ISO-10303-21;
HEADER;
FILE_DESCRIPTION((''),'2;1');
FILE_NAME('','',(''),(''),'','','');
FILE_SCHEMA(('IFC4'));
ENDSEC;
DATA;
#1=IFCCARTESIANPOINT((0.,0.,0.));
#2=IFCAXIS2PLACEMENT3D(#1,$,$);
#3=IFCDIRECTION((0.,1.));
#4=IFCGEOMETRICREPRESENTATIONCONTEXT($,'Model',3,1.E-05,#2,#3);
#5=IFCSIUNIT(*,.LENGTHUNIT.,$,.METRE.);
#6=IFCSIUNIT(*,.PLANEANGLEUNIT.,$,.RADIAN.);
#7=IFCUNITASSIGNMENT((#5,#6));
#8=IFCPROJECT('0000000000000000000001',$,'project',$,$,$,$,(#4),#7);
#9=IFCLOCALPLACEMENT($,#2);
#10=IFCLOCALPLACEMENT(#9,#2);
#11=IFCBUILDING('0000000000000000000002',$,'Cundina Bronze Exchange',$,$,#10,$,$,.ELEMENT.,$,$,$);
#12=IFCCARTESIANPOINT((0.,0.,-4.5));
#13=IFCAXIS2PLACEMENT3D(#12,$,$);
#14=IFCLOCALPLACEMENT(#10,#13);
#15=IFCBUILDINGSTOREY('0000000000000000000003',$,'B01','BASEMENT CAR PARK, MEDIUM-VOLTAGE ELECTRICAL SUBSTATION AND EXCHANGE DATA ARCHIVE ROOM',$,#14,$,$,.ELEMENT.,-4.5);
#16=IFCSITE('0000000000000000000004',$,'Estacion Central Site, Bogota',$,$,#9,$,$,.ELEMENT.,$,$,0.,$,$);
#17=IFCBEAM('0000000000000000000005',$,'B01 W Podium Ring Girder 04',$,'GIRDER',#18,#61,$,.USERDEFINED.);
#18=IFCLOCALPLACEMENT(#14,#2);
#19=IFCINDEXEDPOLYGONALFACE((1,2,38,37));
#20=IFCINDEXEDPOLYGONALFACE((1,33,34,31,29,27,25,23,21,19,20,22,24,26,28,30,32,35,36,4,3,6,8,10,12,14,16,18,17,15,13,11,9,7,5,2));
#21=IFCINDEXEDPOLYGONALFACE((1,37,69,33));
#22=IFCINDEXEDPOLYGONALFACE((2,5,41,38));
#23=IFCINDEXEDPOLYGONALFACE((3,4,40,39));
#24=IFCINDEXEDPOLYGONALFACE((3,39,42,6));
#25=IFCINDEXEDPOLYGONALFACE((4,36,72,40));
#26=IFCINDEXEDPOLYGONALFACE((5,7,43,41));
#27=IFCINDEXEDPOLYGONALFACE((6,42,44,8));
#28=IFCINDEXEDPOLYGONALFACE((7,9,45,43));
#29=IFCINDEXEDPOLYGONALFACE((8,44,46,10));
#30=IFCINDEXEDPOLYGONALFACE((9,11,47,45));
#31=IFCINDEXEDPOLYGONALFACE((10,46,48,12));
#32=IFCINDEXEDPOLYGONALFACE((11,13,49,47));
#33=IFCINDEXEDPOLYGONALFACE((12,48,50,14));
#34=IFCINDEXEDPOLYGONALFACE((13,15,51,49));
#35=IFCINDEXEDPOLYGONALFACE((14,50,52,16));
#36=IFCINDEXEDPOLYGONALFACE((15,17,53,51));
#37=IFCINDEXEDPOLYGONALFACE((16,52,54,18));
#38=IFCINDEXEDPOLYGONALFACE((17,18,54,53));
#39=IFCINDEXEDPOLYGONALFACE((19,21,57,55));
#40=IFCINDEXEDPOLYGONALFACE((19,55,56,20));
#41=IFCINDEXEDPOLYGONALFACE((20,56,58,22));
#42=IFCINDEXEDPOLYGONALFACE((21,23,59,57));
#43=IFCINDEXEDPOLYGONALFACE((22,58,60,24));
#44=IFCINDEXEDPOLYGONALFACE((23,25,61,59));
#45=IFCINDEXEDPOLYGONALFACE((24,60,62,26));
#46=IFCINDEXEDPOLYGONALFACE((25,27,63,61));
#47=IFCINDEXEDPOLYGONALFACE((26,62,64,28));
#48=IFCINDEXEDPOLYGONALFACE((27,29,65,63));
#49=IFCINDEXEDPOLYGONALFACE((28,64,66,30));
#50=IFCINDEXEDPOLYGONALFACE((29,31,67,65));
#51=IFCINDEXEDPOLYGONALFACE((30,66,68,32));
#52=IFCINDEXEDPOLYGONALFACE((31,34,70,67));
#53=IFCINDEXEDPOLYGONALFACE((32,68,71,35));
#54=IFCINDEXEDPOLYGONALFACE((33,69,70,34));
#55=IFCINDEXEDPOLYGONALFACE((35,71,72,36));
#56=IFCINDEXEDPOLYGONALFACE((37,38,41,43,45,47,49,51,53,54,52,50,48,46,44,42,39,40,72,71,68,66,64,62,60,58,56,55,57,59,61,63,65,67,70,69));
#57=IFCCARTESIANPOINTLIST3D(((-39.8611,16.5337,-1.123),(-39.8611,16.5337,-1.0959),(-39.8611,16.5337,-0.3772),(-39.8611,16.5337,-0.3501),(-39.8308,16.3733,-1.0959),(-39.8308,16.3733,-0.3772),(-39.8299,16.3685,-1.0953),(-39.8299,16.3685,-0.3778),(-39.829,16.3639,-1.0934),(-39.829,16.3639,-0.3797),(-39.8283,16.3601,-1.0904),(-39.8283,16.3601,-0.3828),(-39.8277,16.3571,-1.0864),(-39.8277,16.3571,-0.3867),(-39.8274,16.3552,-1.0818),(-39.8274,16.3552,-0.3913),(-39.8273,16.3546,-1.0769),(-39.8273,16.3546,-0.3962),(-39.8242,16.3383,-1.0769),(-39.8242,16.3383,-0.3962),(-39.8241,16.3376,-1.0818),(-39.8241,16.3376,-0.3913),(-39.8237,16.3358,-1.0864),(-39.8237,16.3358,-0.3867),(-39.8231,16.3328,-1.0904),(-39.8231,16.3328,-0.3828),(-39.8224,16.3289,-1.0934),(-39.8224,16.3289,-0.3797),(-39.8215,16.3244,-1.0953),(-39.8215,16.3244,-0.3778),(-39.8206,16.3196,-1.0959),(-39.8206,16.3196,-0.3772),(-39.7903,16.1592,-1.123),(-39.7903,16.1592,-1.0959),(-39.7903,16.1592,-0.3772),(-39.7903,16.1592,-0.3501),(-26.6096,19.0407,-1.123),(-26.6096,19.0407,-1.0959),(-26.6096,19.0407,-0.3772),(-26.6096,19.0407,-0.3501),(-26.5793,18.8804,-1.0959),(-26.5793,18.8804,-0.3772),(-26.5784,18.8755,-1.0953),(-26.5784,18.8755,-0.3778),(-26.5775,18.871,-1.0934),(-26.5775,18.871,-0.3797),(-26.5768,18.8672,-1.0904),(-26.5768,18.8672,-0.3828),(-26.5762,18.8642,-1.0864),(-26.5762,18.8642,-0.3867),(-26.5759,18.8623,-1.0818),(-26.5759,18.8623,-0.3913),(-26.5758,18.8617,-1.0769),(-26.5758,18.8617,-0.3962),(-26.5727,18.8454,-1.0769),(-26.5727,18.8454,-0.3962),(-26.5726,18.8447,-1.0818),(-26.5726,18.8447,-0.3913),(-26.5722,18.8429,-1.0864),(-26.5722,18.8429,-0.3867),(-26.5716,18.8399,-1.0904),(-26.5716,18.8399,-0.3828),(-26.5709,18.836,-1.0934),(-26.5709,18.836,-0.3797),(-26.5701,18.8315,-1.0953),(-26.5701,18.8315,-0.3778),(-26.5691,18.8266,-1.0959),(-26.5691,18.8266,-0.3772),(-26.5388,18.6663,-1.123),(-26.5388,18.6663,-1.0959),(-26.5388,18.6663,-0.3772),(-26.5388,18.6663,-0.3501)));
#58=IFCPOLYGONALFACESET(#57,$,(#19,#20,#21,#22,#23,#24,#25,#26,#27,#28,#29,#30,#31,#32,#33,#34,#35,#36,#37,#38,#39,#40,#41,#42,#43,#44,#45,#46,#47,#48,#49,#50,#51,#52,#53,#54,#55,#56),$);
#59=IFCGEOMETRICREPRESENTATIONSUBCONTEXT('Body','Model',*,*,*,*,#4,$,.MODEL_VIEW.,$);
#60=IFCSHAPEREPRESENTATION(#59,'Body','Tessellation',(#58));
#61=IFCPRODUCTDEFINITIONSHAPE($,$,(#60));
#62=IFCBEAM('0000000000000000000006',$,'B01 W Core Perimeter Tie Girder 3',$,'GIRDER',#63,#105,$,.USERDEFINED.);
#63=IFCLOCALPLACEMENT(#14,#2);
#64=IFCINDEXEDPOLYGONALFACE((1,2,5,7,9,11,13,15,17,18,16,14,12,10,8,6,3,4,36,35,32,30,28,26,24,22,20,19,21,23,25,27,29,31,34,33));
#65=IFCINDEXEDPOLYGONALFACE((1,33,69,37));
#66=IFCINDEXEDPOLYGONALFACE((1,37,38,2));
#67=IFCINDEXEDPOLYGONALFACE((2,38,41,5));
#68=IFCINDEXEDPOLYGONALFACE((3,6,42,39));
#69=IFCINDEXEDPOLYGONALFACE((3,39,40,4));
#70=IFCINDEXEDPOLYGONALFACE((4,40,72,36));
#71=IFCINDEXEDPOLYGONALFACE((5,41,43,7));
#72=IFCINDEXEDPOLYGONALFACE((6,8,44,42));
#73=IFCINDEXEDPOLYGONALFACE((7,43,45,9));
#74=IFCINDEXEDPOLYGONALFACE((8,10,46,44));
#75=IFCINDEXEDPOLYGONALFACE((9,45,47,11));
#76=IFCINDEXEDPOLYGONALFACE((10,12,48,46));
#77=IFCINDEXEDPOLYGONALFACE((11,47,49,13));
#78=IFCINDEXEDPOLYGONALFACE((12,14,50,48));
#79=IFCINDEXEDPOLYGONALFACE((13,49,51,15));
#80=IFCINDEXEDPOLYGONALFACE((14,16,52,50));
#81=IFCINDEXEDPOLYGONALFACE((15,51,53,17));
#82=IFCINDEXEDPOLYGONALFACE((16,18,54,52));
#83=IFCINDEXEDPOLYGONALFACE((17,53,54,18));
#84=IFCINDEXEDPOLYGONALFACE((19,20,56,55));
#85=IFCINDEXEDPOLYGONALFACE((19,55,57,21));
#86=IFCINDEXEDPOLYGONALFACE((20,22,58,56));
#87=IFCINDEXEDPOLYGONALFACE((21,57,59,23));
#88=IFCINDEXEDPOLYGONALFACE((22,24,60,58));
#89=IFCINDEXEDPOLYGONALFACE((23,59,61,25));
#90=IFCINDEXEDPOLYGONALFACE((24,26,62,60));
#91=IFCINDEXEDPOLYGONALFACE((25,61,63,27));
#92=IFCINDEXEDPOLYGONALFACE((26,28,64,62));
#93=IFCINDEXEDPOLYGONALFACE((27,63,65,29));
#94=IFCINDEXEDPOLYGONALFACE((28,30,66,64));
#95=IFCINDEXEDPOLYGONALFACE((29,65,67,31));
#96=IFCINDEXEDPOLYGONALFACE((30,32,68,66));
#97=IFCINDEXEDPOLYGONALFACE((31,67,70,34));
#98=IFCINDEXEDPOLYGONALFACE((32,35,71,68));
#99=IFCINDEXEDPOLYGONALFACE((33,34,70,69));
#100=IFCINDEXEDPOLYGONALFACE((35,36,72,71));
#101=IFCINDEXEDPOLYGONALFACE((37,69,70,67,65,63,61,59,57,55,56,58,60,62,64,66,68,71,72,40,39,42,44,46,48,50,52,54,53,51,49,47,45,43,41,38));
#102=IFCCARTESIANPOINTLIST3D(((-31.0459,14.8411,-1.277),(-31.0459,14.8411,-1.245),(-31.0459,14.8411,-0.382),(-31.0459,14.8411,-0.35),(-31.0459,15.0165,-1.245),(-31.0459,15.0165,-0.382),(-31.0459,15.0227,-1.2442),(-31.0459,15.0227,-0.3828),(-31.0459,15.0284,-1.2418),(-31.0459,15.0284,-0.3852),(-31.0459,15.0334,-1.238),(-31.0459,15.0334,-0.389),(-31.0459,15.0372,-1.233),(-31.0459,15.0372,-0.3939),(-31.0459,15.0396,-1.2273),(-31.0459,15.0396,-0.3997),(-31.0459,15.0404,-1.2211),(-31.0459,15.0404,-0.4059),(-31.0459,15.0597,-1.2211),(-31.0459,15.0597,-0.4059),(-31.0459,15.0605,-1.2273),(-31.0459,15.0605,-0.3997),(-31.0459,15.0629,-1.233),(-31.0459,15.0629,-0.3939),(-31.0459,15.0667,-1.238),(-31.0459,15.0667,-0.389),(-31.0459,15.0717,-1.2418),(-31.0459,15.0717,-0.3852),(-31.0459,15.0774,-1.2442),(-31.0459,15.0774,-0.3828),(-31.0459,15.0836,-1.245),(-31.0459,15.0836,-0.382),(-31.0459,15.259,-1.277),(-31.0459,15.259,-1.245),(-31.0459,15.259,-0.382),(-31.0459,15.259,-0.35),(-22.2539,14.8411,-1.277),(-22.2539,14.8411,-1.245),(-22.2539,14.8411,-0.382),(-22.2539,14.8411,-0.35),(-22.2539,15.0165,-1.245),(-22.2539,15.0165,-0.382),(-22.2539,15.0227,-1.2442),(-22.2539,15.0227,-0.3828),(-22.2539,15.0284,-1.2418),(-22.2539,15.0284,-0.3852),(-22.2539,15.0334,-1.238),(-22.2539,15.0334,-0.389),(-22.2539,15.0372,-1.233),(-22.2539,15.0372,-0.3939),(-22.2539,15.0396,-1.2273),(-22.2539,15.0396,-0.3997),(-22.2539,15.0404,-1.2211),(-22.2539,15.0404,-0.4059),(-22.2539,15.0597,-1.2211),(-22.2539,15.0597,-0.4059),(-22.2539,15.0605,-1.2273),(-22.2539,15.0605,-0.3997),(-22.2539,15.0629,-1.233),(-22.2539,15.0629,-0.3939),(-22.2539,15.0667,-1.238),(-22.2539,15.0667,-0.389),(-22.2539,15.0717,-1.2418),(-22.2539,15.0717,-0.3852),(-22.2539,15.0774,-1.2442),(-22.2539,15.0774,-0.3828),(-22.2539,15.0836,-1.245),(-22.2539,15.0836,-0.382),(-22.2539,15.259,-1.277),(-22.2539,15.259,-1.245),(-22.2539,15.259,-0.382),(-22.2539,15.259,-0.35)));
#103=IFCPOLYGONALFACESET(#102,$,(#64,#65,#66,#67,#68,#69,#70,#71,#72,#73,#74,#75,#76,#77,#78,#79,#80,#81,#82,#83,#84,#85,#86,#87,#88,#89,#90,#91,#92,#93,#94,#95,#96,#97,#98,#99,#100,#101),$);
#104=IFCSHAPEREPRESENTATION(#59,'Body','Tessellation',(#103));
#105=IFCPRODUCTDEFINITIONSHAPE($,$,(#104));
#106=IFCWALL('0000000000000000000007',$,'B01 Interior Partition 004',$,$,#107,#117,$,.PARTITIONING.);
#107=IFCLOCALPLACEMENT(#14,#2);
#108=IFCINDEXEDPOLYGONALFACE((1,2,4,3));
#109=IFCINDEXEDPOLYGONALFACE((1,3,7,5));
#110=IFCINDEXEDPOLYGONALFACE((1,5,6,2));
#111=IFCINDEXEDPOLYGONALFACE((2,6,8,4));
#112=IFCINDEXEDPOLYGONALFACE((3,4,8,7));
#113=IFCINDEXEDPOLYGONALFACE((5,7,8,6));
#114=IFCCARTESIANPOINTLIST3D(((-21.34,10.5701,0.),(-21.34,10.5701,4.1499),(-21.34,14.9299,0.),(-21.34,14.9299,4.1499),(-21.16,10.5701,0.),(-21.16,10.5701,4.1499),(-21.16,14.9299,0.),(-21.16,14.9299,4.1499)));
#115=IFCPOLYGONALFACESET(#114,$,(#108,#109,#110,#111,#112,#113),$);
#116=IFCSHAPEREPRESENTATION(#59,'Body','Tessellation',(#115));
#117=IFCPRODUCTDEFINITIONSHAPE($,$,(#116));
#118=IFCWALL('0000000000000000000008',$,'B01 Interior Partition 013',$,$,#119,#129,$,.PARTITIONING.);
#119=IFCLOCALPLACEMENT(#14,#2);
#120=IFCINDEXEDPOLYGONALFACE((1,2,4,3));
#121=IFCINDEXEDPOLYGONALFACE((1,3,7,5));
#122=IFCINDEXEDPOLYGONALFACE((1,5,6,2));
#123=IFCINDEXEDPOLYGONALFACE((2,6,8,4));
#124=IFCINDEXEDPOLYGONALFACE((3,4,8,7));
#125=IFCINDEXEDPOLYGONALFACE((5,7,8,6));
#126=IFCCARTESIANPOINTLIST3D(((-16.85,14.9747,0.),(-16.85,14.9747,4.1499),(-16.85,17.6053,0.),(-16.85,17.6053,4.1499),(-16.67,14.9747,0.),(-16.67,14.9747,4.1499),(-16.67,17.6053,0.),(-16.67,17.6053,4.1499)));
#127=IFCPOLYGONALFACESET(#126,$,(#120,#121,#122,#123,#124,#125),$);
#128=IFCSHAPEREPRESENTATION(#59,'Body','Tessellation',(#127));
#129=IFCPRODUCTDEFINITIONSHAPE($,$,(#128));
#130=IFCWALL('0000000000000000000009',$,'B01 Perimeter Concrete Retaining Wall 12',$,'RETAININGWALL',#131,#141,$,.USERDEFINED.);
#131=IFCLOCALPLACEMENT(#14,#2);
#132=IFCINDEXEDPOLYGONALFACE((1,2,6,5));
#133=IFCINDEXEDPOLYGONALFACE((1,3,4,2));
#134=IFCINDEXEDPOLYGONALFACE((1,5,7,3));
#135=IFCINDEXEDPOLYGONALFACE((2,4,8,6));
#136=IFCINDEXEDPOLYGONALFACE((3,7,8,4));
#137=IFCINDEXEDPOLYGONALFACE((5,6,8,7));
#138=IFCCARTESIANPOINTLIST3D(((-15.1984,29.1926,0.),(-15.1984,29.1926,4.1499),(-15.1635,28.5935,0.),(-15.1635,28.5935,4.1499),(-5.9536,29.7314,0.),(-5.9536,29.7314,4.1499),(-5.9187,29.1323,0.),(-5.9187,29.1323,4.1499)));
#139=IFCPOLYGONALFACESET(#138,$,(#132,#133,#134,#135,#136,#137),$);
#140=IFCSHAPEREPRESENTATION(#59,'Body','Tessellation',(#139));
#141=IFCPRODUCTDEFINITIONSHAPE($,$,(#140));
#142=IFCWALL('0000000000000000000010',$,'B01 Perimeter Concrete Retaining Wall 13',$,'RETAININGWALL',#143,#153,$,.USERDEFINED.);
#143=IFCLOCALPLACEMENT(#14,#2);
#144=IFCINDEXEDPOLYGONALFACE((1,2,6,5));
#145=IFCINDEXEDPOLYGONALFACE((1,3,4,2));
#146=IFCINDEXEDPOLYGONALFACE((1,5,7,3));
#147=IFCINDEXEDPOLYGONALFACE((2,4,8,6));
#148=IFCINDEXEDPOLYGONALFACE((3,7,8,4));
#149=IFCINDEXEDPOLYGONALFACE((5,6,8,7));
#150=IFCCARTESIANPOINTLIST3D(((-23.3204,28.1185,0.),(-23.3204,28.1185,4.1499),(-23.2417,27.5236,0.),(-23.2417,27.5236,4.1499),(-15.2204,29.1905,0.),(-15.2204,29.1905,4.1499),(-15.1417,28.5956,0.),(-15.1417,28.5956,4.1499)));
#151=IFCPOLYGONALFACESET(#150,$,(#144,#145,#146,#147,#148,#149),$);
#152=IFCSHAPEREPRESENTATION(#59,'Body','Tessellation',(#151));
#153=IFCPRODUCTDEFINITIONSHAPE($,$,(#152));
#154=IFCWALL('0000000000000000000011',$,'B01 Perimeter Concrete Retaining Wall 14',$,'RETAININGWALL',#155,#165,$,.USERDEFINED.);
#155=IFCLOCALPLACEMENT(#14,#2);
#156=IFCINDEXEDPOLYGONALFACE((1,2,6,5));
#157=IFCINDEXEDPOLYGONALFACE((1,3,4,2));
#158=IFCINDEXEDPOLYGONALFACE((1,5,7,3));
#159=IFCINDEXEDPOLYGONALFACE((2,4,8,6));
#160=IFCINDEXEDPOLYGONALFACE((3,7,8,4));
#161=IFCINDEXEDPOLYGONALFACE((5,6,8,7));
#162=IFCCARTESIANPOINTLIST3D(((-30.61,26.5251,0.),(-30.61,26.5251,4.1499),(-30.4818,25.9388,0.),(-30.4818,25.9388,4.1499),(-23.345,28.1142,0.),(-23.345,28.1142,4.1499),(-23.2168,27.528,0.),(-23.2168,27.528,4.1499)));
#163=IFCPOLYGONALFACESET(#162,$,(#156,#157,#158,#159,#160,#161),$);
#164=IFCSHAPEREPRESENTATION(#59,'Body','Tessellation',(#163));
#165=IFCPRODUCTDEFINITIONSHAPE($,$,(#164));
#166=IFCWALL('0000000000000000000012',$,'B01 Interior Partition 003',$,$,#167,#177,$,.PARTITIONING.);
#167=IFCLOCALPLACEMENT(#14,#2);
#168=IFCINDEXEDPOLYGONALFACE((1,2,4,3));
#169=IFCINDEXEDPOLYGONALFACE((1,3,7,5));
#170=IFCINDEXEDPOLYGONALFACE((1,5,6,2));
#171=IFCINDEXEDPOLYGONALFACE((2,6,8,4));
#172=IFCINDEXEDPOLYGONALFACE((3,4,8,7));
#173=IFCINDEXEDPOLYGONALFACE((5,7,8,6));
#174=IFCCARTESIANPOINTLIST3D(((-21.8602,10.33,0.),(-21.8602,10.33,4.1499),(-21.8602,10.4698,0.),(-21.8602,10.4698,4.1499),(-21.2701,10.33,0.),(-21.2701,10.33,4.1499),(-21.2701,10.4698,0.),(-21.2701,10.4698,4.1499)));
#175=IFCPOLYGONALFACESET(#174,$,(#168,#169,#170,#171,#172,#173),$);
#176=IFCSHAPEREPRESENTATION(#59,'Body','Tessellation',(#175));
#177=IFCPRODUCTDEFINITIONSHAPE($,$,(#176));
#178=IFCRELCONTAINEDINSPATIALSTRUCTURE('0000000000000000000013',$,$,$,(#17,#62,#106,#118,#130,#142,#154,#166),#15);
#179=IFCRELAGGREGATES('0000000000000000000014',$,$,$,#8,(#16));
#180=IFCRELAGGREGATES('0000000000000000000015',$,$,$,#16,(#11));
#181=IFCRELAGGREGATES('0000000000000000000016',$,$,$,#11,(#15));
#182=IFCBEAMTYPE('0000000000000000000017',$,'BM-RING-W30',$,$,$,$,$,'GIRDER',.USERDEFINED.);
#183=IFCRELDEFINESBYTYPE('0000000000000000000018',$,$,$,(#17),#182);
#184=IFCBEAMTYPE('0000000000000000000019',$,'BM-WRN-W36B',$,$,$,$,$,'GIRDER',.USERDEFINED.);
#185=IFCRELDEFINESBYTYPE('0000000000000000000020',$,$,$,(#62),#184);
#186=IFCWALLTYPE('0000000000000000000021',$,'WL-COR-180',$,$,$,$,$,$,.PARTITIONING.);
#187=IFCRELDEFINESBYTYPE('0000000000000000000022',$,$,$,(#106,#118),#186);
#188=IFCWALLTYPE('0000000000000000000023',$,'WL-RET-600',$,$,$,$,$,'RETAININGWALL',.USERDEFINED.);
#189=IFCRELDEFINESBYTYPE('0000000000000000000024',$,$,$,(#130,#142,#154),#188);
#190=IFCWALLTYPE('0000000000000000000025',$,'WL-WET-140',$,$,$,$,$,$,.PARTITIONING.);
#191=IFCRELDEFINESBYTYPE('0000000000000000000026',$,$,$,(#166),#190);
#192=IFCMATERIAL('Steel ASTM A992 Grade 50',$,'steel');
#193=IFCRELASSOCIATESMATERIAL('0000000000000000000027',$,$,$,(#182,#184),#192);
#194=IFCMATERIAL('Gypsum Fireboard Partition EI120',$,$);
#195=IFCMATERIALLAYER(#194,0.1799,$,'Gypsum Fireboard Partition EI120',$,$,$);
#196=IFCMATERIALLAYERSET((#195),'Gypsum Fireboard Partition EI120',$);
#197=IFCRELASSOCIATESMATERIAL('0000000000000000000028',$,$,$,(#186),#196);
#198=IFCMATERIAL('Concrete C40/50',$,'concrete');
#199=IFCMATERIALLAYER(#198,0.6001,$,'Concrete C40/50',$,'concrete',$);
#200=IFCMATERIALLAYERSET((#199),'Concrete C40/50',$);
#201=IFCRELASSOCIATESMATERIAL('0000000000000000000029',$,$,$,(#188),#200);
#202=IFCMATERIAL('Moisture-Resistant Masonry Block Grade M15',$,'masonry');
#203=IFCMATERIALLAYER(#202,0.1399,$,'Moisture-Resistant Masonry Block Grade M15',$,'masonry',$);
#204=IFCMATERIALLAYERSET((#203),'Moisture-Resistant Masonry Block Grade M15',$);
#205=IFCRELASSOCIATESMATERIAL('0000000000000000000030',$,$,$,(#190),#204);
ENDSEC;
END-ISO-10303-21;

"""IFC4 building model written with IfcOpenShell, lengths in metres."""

from ifc_helpers import new_model, si_unit, direction, frame, frame_2d, origin, origin_2d, place, context, subcontext, project, spatial, rectangle, i_section, extrude, material, layer, layer_set, material_profile, profile_set, type_object, element, save


model = new_model("IFC4")

# Units and contexts
model_context = context("Model", 3, precision=1e-05, world=origin(), true_north=direction((0.0, 1.0)))
body_context = subcontext(model_context, "Body", "Model", "MODEL_VIEW")
ifc_project = project(units=[si_unit("LENGTHUNIT", "METRE"), si_unit("PLANEANGLEUNIT", "RADIAN")], contexts=[model_context])

# Site, building, storey
site_placement = place(None, origin())
site = spatial("IfcSite", under=ifc_project, at=site_placement, Name="Estacion Central Site, Bogota", CompositionType="ELEMENT", RefElevation=0.0)
building_placement = place(site_placement, origin())
building = spatial("IfcBuilding", under=site, at=building_placement, Name="Cundina Bronze Exchange", CompositionType="ELEMENT")
storey_placement = place(building_placement, frame((0.0, 0.0, -4.5)))
storey = spatial("IfcBuildingStorey", under=building, at=storey_placement, Name="B01", Description="BASEMENT CAR PARK, MEDIUM-VOLTAGE ELECTRICAL SUBSTATION AND EXCHANGE DATA ARCHIVE ROOM", CompositionType="ELEMENT", Elevation=-4.5)

# Shared definitions
ifc_material_1 = material(Name="Steel ASTM A992 Grade 50", Category="steel")

# Beams
ifc_material_profile_1 = material_profile(ifc_material_1, i_section(OverallWidth=0.3811, OverallDepth=0.7729, WebThickness=0.0166, FlangeThickness=0.0271, FilletRadius=0.019, at=origin_2d()), Name="W30X173", Category="steel")
ifc_profile_set_1 = profile_set([ifc_material_profile_1], Name="Steel ASTM A992 Grade 50")
beam_type_1 = type_object("IfcBeamType", Name="BM-RING-W30", ElementType="GIRDER", PredefinedType="USERDEFINED", material=ifc_profile_set_1)
beam_1_placement = place(storey_placement, frame((-26.5742, 18.8535, -0.7366), z_axis=(-0.98257, -0.185895, 0.0), x_axis=(0.185895, -0.98257, 0.0)))
element("IfcBeam", 1, at=beam_1_placement, inside=storey, type_object=beam_type_1, Name="B01 W Podium Ring Girder 04", ObjectType="GIRDER", PredefinedType="USERDEFINED", context=body_context, shape_type="SweptSolid", body=[
    extrude(i_section(OverallWidth=0.3811, OverallDepth=0.7729, WebThickness=0.0166, FlangeThickness=0.0271, FilletRadius=0.019, at=origin_2d()), origin(), (0.0, 0.0, 1.0), 13.4866),
])
ifc_material_profile_2 = material_profile(ifc_material_1, i_section(OverallWidth=0.418, OverallDepth=0.927, WebThickness=0.0193, FlangeThickness=0.032, FilletRadius=0.0239, at=origin_2d()), Name="W36X231", Category="steel")
ifc_profile_set_2 = profile_set([ifc_material_profile_2], Name="Steel ASTM A992 Grade 50")
beam_type_2 = type_object("IfcBeamType", Name="BM-WRN-W36B", ElementType="GIRDER", PredefinedType="USERDEFINED", material=ifc_profile_set_2)
beam_2_placement = place(storey_placement, frame((-22.2539, 15.05, -0.8135), z_axis=(-1.0, 0.0, 0.0), x_axis=(0.0, -1.0, 0.0)))
element("IfcBeam", 2, at=beam_2_placement, inside=storey, type_object=beam_type_2, Name="B01 W Core Perimeter Tie Girder 3", ObjectType="GIRDER", PredefinedType="USERDEFINED", context=body_context, shape_type="SweptSolid", body=[
    extrude(i_section(OverallWidth=0.418, OverallDepth=0.927, WebThickness=0.0193, FlangeThickness=0.032, FilletRadius=0.0239, at=origin_2d()), origin(), (0.0, 0.0, 1.0), 8.792),
])

# Walls
ifc_material_2 = material(Name="Gypsum Fireboard Partition EI120")
ifc_layer_1 = layer(ifc_material_2, 0.1799, Name="Gypsum Fireboard Partition EI120")
ifc_layer_set_1 = layer_set([ifc_layer_1], Name="Gypsum Fireboard Partition EI120")
wall_type_1 = type_object("IfcWallType", Name="WL-COR-180", PredefinedType="PARTITIONING", material=ifc_layer_set_1)
wall_1_placement = place(storey_placement, frame((-21.25, 10.5701, 0.0), z_axis=(0.0, 0.0, 1.0), x_axis=(0.0, 1.0, 0.0)))
element("IfcWall", 3, at=wall_1_placement, inside=storey, type_object=wall_type_1, Name="B01 Interior Partition 004", PredefinedType="PARTITIONING", context=body_context, shape_type="SweptSolid", body=[
    extrude(rectangle(XDim=4.3599, YDim=0.1799, at=frame_2d((2.1799, 0.0))), origin(), (0.0, 0.0, 1.0), 4.1499),
])
wall_2_placement = place(storey_placement, frame((-16.76, 14.9746, 0.0), z_axis=(0.0, 0.0, 1.0), x_axis=(0.0, 1.0, 0.0)))
element("IfcWall", 4, at=wall_2_placement, inside=storey, type_object=wall_type_1, Name="B01 Interior Partition 013", PredefinedType="PARTITIONING", context=body_context, shape_type="SweptSolid", body=[
    extrude(rectangle(XDim=2.6306, YDim=0.1799, at=frame_2d((1.3154, 0.0))), origin(), (0.0, 0.0, 1.0), 4.1499),
])
ifc_material_3 = material(Name="Concrete C40/50", Category="concrete")
ifc_layer_2 = layer(ifc_material_3, 0.6001, Name="Concrete C40/50", Category="concrete")
ifc_layer_set_2 = layer_set([ifc_layer_2], Name="Concrete C40/50")
wall_type_2 = type_object("IfcWallType", Name="WL-RET-600", ElementType="RETAININGWALL", PredefinedType="USERDEFINED", material=ifc_layer_set_2)
wall_3_placement = place(storey_placement, frame((-5.936, 29.4319, 0.0), z_axis=(0.0, 0.0, 1.0), x_axis=(-0.998306, -0.058184, 0.0)))
element("IfcWall", 5, at=wall_3_placement, inside=storey, type_object=wall_type_2, Name="B01 Perimeter Concrete Retaining Wall 12", ObjectType="RETAININGWALL", PredefinedType="USERDEFINED", context=body_context, shape_type="SweptSolid", body=[
    extrude(rectangle(XDim=9.2605, YDim=0.6001, at=frame_2d((4.6304, 0.0))), origin(), (0.0, 0.0, 1.0), 4.1499),
])
wall_4_placement = place(storey_placement, frame((-15.1809, 28.8931, 0.0), z_axis=(0.0, 0.0, 1.0), x_axis=(-0.991356, -0.131203, 0.0)))
element("IfcWall", 6, at=wall_4_placement, inside=storey, type_object=wall_type_2, Name="B01 Perimeter Concrete Retaining Wall 13", ObjectType="RETAININGWALL", PredefinedType="USERDEFINED", context=body_context, shape_type="SweptSolid", body=[
    extrude(rectangle(XDim=8.1707, YDim=0.6001, at=frame_2d((4.0854, 0.0))), origin(), (0.0, 0.0, 1.0), 4.1499),
])
wall_5_placement = place(storey_placement, frame((-23.281, 27.821, 0.0), z_axis=(0.0, 0.0, 1.0), x_axis=(-0.976902, -0.213686, 0.0)))
element("IfcWall", 7, at=wall_5_placement, inside=storey, type_object=wall_type_2, Name="B01 Perimeter Concrete Retaining Wall 14", ObjectType="RETAININGWALL", PredefinedType="USERDEFINED", context=body_context, shape_type="SweptSolid", body=[
    extrude(rectangle(XDim=7.4368, YDim=0.6001, at=frame_2d((3.7183, 0.0))), origin(), (0.0, 0.0, 1.0), 4.1499),
])
ifc_material_4 = material(Name="Moisture-Resistant Masonry Block Grade M15", Category="masonry")
ifc_layer_3 = layer(ifc_material_4, 0.1399, Name="Moisture-Resistant Masonry Block Grade M15", Category="masonry")
ifc_layer_set_3 = layer_set([ifc_layer_3], Name="Moisture-Resistant Masonry Block Grade M15")
wall_type_3 = type_object("IfcWallType", Name="WL-WET-140", PredefinedType="PARTITIONING", material=ifc_layer_set_3)
wall_6_placement = place(storey_placement, frame((-21.8601, 10.3999, 0.0), z_axis=(0.0, 0.0, 1.0), x_axis=(1.0, 0.0, 0.0)))
element("IfcWall", 8, at=wall_6_placement, inside=storey, type_object=wall_type_3, Name="B01 Interior Partition 003", PredefinedType="PARTITIONING", context=body_context, shape_type="SweptSolid", body=[
    extrude(rectangle(XDim=0.5901, YDim=0.1399, at=frame_2d((0.2949, 0.0))), origin(), (0.0, 0.0, 1.0), 4.1499),
])

save(model, "model.ifc")
